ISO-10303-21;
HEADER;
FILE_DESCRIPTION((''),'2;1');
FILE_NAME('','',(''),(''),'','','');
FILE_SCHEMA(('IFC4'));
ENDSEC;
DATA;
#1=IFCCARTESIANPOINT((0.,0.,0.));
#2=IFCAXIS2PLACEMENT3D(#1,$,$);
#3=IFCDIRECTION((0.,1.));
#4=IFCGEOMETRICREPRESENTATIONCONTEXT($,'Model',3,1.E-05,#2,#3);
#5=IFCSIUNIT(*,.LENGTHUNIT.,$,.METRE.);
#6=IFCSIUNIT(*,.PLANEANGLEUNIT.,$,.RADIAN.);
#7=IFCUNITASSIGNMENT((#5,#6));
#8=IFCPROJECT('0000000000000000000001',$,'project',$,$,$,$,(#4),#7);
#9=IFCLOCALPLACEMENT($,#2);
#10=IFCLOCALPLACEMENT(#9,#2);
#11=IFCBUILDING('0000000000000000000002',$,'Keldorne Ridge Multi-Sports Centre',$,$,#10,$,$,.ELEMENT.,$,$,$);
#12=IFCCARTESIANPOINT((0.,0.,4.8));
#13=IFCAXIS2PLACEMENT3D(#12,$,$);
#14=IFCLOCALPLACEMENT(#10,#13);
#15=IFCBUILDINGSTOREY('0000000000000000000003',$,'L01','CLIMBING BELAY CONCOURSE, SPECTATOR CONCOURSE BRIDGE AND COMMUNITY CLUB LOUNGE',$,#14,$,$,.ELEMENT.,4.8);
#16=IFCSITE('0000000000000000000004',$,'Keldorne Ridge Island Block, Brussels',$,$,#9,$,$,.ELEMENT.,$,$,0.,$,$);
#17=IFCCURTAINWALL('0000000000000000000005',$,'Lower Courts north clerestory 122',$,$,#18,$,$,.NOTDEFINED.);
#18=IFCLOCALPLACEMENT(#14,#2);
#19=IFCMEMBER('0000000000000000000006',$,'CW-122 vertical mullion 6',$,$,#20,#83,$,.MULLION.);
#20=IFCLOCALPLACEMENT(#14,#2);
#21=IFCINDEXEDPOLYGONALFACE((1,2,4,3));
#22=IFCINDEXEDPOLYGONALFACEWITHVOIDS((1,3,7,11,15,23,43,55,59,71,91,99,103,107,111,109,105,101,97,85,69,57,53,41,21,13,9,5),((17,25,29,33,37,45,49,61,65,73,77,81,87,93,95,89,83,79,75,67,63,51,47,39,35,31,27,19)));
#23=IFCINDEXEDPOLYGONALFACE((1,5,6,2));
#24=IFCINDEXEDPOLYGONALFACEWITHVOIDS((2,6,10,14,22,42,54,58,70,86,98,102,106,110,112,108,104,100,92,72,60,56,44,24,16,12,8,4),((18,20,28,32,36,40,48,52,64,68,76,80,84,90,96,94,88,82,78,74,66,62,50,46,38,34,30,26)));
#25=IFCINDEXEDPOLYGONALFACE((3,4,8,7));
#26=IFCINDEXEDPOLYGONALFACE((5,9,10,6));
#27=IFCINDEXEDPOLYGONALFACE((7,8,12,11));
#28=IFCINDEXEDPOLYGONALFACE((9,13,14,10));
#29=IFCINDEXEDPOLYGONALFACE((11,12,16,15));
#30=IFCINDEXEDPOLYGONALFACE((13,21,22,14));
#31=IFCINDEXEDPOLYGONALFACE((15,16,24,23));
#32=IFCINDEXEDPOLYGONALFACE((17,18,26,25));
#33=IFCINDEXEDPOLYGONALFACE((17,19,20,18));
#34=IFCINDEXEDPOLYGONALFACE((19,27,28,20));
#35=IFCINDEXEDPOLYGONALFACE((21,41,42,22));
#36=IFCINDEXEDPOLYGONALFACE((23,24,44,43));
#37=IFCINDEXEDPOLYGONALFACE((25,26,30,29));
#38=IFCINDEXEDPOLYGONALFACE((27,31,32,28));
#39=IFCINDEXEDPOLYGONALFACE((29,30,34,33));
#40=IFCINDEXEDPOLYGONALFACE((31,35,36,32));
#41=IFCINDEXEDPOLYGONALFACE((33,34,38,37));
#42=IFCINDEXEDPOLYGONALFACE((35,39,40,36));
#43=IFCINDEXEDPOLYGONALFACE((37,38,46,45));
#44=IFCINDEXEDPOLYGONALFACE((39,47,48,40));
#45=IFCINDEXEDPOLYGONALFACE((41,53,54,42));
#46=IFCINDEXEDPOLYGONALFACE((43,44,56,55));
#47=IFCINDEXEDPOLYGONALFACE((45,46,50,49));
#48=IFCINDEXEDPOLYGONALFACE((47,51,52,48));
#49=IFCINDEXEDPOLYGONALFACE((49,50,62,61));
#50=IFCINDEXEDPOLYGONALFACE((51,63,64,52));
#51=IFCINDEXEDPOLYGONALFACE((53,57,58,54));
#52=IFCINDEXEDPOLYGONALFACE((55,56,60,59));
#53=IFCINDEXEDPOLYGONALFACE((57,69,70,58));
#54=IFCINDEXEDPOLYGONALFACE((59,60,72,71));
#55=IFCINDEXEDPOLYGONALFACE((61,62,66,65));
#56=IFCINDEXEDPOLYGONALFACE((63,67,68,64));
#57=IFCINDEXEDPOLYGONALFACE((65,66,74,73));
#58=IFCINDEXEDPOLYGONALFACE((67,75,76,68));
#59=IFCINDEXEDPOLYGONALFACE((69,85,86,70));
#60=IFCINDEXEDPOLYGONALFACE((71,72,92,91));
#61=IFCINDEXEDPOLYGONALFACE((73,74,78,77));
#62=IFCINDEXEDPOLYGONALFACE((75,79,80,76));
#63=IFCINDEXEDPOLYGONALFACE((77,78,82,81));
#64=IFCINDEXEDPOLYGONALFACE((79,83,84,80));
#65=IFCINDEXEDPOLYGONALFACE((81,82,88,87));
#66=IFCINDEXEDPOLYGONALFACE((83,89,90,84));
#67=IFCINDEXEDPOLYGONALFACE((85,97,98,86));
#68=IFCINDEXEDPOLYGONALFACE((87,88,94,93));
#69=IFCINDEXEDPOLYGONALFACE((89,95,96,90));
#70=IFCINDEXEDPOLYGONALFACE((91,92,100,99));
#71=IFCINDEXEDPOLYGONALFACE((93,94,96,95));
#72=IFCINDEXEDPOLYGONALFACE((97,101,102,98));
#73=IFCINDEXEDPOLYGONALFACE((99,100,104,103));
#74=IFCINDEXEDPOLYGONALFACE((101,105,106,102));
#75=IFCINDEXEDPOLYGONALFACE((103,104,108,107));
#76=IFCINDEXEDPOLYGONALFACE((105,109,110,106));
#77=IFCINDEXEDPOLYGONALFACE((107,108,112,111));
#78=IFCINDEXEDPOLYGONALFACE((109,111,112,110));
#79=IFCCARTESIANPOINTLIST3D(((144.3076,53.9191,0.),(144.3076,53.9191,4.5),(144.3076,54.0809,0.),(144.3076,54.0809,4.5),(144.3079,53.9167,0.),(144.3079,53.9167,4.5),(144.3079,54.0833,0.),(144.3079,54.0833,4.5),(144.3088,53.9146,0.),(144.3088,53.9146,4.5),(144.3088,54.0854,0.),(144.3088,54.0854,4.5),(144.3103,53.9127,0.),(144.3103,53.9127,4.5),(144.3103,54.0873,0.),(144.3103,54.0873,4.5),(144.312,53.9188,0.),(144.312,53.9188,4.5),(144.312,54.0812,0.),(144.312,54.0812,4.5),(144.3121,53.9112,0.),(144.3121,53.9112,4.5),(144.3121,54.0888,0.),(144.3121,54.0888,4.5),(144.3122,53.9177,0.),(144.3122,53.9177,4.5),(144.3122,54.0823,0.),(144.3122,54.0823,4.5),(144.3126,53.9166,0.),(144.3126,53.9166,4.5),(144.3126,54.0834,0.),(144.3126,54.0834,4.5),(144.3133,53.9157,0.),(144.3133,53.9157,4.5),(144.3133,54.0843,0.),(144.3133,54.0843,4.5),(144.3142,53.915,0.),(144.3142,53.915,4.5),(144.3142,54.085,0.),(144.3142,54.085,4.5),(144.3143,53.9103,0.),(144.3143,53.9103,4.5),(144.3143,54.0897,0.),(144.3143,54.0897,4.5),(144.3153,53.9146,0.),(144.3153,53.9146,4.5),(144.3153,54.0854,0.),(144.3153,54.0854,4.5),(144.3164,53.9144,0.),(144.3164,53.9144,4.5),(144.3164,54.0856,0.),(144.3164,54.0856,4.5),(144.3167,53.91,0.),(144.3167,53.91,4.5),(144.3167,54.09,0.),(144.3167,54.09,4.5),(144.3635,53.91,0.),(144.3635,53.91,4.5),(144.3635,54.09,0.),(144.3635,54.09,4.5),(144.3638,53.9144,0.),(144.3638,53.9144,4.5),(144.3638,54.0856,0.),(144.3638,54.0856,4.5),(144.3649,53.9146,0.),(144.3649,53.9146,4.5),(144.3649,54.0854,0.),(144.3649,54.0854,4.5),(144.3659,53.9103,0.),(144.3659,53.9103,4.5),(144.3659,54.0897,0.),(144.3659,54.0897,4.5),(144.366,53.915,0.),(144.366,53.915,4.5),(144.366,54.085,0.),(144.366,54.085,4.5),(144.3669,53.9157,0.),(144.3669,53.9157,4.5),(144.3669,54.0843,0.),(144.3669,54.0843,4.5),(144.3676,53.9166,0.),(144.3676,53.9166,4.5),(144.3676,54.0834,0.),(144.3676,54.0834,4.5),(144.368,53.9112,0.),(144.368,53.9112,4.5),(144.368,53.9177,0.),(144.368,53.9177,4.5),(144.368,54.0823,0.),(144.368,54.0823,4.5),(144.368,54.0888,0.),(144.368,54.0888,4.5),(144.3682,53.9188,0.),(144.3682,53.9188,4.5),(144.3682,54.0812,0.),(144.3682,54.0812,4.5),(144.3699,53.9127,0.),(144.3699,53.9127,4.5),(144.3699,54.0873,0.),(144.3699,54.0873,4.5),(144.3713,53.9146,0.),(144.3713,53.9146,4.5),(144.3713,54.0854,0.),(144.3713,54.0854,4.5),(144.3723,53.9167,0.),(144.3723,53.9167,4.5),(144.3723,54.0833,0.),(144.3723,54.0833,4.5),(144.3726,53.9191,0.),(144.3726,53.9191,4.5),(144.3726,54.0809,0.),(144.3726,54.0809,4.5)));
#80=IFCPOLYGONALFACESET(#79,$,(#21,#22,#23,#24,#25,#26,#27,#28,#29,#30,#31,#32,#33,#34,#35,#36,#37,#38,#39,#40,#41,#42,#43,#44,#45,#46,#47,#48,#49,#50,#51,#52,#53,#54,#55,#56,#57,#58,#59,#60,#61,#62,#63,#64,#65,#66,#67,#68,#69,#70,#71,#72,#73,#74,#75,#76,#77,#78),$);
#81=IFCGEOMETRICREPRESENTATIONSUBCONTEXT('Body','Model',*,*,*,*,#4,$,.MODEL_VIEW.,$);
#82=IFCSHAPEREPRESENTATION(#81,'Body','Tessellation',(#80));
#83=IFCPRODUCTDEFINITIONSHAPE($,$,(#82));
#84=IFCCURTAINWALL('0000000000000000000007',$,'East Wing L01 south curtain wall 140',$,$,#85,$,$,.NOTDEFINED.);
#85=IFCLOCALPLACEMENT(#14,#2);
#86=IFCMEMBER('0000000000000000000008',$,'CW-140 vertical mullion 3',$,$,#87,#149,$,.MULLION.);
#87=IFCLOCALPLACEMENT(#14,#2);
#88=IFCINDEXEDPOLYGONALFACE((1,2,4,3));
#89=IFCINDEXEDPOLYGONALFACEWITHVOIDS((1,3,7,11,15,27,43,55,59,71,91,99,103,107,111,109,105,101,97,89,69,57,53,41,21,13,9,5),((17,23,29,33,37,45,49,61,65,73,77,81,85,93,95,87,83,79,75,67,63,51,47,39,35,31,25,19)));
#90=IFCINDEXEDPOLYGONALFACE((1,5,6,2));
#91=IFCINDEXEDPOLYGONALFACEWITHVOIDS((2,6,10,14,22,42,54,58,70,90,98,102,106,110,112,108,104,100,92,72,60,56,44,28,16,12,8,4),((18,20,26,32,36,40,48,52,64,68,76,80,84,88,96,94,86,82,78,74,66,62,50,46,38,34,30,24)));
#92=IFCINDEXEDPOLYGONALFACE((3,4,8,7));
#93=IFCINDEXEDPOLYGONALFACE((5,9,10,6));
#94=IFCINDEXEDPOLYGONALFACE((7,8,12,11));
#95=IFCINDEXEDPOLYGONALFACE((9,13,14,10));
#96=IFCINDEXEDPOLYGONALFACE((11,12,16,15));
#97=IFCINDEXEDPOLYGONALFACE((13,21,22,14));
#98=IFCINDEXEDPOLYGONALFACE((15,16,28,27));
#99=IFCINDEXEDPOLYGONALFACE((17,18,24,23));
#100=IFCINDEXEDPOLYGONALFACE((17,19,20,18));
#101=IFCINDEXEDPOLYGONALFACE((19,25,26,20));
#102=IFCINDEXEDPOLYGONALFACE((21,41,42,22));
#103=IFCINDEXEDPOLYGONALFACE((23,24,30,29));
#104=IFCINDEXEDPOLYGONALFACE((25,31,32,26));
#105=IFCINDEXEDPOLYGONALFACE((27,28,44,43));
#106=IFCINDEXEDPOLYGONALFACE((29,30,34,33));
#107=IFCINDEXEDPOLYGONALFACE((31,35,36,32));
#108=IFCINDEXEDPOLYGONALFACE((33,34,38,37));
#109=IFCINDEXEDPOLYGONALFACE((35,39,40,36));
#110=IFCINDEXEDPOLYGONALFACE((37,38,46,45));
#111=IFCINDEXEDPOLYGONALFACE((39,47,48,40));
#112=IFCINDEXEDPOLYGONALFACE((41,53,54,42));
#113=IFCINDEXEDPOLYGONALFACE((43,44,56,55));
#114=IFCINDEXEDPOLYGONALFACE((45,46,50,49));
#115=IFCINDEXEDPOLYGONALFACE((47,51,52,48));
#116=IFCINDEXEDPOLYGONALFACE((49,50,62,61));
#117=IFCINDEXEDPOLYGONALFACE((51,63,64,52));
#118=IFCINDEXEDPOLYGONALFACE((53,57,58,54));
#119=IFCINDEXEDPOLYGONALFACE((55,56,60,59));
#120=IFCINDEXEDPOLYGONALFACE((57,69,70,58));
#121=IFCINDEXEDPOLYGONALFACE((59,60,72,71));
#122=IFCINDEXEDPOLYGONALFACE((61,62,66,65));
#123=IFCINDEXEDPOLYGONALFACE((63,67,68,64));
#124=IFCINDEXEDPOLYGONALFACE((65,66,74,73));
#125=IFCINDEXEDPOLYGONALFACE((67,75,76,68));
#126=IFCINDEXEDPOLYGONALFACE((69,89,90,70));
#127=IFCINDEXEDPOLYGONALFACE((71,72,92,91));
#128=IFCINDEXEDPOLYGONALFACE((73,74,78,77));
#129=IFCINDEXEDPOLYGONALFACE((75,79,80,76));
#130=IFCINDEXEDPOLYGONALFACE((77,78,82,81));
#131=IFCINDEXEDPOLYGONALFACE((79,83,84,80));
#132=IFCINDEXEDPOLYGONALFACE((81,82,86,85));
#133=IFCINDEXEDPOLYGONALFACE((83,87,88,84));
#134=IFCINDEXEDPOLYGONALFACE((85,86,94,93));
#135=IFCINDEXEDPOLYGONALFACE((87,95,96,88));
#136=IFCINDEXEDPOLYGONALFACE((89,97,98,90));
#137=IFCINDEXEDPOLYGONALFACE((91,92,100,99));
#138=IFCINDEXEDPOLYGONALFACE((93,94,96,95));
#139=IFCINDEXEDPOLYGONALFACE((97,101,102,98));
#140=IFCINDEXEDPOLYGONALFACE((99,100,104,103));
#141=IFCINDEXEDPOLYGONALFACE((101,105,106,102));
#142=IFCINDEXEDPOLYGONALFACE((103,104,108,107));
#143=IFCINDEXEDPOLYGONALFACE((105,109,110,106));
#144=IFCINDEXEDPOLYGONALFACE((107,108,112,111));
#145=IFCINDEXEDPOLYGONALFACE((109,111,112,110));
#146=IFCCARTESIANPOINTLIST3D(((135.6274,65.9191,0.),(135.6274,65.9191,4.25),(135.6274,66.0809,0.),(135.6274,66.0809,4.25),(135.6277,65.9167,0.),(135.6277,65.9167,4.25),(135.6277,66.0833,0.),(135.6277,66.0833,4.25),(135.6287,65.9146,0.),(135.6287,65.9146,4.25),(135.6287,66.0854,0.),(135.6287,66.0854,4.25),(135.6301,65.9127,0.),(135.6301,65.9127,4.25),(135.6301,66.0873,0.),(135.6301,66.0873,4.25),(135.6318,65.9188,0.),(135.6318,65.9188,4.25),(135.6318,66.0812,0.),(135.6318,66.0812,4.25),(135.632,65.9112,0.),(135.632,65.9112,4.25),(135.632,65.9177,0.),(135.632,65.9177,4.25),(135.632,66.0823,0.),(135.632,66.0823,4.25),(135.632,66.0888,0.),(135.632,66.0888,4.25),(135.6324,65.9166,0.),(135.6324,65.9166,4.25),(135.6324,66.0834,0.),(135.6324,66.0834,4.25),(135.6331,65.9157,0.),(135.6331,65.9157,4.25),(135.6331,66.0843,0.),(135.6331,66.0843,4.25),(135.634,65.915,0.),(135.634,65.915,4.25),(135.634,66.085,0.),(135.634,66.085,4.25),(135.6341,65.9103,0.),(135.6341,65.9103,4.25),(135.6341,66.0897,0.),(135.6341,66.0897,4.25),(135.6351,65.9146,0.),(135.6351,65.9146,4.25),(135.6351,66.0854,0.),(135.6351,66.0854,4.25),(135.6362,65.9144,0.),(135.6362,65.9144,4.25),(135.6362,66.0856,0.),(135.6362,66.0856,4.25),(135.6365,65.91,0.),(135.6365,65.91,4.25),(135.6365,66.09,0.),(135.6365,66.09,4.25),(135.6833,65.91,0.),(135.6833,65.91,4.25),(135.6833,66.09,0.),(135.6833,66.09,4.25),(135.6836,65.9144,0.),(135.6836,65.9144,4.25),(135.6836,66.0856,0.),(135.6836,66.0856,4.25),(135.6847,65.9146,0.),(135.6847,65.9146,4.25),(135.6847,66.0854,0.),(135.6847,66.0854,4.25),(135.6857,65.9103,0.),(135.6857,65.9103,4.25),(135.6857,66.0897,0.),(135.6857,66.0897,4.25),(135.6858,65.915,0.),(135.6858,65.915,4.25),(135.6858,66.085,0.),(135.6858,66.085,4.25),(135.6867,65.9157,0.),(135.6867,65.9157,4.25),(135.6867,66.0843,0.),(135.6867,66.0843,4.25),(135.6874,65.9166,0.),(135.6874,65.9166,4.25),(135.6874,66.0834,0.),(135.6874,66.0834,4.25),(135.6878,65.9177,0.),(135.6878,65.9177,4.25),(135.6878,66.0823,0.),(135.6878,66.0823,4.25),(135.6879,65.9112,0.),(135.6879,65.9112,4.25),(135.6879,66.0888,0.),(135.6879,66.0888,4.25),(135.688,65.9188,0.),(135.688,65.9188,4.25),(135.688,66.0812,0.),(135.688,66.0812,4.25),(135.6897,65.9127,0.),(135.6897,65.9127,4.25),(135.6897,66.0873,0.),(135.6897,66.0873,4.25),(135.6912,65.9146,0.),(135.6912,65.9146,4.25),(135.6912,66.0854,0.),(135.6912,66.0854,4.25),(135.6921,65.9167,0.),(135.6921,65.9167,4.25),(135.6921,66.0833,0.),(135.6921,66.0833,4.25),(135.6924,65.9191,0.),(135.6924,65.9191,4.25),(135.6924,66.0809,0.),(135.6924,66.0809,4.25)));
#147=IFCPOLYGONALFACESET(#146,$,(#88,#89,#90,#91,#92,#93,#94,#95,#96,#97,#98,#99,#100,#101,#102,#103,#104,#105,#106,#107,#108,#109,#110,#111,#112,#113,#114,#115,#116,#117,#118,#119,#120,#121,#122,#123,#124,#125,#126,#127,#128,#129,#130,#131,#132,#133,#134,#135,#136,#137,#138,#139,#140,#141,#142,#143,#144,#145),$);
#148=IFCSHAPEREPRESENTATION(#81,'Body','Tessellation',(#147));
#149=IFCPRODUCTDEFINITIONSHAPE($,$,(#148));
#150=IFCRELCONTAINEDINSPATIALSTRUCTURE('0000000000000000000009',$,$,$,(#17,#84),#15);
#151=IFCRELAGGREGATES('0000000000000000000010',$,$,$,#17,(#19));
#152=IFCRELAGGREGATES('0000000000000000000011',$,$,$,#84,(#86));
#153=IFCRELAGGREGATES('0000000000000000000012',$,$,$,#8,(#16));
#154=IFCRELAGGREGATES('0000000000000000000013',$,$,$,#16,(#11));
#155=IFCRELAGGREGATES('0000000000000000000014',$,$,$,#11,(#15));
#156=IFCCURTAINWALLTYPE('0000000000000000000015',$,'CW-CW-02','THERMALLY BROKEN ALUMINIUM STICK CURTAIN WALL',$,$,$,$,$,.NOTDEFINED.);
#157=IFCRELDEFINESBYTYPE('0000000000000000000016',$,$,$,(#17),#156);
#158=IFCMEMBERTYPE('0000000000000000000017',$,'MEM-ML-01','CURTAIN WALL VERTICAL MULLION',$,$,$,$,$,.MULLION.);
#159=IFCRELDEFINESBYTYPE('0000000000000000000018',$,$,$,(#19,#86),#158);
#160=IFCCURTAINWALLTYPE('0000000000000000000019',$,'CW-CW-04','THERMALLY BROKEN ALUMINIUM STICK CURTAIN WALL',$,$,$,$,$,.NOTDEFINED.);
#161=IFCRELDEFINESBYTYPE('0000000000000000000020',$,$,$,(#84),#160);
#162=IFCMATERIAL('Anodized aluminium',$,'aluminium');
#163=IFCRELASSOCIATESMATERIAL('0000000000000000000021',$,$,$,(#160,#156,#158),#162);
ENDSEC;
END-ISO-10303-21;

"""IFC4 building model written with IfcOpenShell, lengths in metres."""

from ifc_helpers import new_model, si_unit, direction, frame, origin, origin_2d, place, context, subcontext, project, spatial, hollow_rectangle, extrude, material, material_profile, profile_set, type_object, element, aggregate, save


model = new_model("IFC4")

# Units and contexts
model_context = context("Model", 3, precision=1e-05, world=origin(), true_north=direction((0.0, 1.0)))
body_context = subcontext(model_context, "Body", "Model", "MODEL_VIEW")
ifc_project = project(units=[si_unit("LENGTHUNIT", "METRE"), si_unit("PLANEANGLEUNIT", "RADIAN")], contexts=[model_context])

# Site, building, storey
site_placement = place(None, origin())
site = spatial("IfcSite", under=ifc_project, at=site_placement, Name="Keldorne Ridge Island Block, Brussels", CompositionType="ELEMENT", RefElevation=0.0)
building_placement = place(site_placement, origin())
building = spatial("IfcBuilding", under=site, at=building_placement, Name="Keldorne Ridge Multi-Sports Centre", CompositionType="ELEMENT")
storey_placement = place(building_placement, frame((0.0, 0.0, 4.8)))
storey = spatial("IfcBuildingStorey", under=building, at=storey_placement, Name="L01", Description="CLIMBING BELAY CONCOURSE, SPECTATOR CONCOURSE BRIDGE AND COMMUNITY CLUB LOUNGE", CompositionType="ELEMENT", Elevation=4.8)

# Curtain walls, members
ifc_material_1 = material(Name="Anodized aluminium", Category="aluminium")
curtain_wall_type_1 = type_object("IfcCurtainWallType", Name="CW-CW-04", Description="THERMALLY BROKEN ALUMINIUM STICK CURTAIN WALL", PredefinedType="NOTDEFINED", material=ifc_material_1)
ifc_material_profile_1 = material_profile(ifc_material_1, hollow_rectangle(XDim=0.0649, YDim=0.1799, WallThickness=0.0044, InnerFilletRadius=0.0044, OuterFilletRadius=0.009, at=origin_2d()), Name="ALU MULLION 180x65x4.5")
ifc_profile_set_1 = profile_set([ifc_material_profile_1], Name="Anodized aluminium")
member_type_1 = type_object("IfcMemberType", Name="MEM-ML-01", Description="CURTAIN WALL VERTICAL MULLION", PredefinedType="MULLION", material=ifc_profile_set_1)
curtain_wall_type_2 = type_object("IfcCurtainWallType", Name="CW-CW-02", Description="THERMALLY BROKEN ALUMINIUM STICK CURTAIN WALL", PredefinedType="NOTDEFINED", material=ifc_material_1)
curtain_wall_1_placement = place(storey_placement, origin())
curtain_wall_1 = element("IfcCurtainWall", 1, at=curtain_wall_1_placement, inside=storey, type_object=curtain_wall_type_2, Name="Lower Courts north clerestory 122", PredefinedType="NOTDEFINED")
member_1_placement = place(storey_placement, frame((144.3401, 54.0, 0.0), z_axis=(0.0, 0.0, 1.0), x_axis=(1.0, 0.0, 0.0)))
member_1 = element("IfcMember", 2, at=member_1_placement, type_object=member_type_1, Name="CW-122 vertical mullion 6", PredefinedType="MULLION", context=body_context, shape_type="SweptSolid", body=[
    extrude(hollow_rectangle(XDim=0.0649, YDim=0.1799, WallThickness=0.0044, InnerFilletRadius=0.0044, OuterFilletRadius=0.009, at=origin_2d()), origin(), (0.0, 0.0, 1.0), 4.5),
])
aggregate(curtain_wall_1, [member_1])
curtain_wall_2_placement = place(storey_placement, origin())
curtain_wall_2 = element("IfcCurtainWall", 3, at=curtain_wall_2_placement, inside=storey, type_object=curtain_wall_type_1, Name="East Wing L01 south curtain wall 140", PredefinedType="NOTDEFINED")
member_2_placement = place(storey_placement, frame((135.6599, 66.0, 0.0), z_axis=(0.0, 0.0, 1.0), x_axis=(1.0, 0.0, 0.0)))
member_2 = element("IfcMember", 4, at=member_2_placement, type_object=member_type_1, Name="CW-140 vertical mullion 3", PredefinedType="MULLION", context=body_context, shape_type="SweptSolid", body=[
    extrude(hollow_rectangle(XDim=0.0649, YDim=0.1799, WallThickness=0.0044, InnerFilletRadius=0.0044, OuterFilletRadius=0.009, at=origin_2d()), origin(), (0.0, 0.0, 1.0), 4.25),
])
aggregate(curtain_wall_2, [member_2])

save(model, "model.ifc")
